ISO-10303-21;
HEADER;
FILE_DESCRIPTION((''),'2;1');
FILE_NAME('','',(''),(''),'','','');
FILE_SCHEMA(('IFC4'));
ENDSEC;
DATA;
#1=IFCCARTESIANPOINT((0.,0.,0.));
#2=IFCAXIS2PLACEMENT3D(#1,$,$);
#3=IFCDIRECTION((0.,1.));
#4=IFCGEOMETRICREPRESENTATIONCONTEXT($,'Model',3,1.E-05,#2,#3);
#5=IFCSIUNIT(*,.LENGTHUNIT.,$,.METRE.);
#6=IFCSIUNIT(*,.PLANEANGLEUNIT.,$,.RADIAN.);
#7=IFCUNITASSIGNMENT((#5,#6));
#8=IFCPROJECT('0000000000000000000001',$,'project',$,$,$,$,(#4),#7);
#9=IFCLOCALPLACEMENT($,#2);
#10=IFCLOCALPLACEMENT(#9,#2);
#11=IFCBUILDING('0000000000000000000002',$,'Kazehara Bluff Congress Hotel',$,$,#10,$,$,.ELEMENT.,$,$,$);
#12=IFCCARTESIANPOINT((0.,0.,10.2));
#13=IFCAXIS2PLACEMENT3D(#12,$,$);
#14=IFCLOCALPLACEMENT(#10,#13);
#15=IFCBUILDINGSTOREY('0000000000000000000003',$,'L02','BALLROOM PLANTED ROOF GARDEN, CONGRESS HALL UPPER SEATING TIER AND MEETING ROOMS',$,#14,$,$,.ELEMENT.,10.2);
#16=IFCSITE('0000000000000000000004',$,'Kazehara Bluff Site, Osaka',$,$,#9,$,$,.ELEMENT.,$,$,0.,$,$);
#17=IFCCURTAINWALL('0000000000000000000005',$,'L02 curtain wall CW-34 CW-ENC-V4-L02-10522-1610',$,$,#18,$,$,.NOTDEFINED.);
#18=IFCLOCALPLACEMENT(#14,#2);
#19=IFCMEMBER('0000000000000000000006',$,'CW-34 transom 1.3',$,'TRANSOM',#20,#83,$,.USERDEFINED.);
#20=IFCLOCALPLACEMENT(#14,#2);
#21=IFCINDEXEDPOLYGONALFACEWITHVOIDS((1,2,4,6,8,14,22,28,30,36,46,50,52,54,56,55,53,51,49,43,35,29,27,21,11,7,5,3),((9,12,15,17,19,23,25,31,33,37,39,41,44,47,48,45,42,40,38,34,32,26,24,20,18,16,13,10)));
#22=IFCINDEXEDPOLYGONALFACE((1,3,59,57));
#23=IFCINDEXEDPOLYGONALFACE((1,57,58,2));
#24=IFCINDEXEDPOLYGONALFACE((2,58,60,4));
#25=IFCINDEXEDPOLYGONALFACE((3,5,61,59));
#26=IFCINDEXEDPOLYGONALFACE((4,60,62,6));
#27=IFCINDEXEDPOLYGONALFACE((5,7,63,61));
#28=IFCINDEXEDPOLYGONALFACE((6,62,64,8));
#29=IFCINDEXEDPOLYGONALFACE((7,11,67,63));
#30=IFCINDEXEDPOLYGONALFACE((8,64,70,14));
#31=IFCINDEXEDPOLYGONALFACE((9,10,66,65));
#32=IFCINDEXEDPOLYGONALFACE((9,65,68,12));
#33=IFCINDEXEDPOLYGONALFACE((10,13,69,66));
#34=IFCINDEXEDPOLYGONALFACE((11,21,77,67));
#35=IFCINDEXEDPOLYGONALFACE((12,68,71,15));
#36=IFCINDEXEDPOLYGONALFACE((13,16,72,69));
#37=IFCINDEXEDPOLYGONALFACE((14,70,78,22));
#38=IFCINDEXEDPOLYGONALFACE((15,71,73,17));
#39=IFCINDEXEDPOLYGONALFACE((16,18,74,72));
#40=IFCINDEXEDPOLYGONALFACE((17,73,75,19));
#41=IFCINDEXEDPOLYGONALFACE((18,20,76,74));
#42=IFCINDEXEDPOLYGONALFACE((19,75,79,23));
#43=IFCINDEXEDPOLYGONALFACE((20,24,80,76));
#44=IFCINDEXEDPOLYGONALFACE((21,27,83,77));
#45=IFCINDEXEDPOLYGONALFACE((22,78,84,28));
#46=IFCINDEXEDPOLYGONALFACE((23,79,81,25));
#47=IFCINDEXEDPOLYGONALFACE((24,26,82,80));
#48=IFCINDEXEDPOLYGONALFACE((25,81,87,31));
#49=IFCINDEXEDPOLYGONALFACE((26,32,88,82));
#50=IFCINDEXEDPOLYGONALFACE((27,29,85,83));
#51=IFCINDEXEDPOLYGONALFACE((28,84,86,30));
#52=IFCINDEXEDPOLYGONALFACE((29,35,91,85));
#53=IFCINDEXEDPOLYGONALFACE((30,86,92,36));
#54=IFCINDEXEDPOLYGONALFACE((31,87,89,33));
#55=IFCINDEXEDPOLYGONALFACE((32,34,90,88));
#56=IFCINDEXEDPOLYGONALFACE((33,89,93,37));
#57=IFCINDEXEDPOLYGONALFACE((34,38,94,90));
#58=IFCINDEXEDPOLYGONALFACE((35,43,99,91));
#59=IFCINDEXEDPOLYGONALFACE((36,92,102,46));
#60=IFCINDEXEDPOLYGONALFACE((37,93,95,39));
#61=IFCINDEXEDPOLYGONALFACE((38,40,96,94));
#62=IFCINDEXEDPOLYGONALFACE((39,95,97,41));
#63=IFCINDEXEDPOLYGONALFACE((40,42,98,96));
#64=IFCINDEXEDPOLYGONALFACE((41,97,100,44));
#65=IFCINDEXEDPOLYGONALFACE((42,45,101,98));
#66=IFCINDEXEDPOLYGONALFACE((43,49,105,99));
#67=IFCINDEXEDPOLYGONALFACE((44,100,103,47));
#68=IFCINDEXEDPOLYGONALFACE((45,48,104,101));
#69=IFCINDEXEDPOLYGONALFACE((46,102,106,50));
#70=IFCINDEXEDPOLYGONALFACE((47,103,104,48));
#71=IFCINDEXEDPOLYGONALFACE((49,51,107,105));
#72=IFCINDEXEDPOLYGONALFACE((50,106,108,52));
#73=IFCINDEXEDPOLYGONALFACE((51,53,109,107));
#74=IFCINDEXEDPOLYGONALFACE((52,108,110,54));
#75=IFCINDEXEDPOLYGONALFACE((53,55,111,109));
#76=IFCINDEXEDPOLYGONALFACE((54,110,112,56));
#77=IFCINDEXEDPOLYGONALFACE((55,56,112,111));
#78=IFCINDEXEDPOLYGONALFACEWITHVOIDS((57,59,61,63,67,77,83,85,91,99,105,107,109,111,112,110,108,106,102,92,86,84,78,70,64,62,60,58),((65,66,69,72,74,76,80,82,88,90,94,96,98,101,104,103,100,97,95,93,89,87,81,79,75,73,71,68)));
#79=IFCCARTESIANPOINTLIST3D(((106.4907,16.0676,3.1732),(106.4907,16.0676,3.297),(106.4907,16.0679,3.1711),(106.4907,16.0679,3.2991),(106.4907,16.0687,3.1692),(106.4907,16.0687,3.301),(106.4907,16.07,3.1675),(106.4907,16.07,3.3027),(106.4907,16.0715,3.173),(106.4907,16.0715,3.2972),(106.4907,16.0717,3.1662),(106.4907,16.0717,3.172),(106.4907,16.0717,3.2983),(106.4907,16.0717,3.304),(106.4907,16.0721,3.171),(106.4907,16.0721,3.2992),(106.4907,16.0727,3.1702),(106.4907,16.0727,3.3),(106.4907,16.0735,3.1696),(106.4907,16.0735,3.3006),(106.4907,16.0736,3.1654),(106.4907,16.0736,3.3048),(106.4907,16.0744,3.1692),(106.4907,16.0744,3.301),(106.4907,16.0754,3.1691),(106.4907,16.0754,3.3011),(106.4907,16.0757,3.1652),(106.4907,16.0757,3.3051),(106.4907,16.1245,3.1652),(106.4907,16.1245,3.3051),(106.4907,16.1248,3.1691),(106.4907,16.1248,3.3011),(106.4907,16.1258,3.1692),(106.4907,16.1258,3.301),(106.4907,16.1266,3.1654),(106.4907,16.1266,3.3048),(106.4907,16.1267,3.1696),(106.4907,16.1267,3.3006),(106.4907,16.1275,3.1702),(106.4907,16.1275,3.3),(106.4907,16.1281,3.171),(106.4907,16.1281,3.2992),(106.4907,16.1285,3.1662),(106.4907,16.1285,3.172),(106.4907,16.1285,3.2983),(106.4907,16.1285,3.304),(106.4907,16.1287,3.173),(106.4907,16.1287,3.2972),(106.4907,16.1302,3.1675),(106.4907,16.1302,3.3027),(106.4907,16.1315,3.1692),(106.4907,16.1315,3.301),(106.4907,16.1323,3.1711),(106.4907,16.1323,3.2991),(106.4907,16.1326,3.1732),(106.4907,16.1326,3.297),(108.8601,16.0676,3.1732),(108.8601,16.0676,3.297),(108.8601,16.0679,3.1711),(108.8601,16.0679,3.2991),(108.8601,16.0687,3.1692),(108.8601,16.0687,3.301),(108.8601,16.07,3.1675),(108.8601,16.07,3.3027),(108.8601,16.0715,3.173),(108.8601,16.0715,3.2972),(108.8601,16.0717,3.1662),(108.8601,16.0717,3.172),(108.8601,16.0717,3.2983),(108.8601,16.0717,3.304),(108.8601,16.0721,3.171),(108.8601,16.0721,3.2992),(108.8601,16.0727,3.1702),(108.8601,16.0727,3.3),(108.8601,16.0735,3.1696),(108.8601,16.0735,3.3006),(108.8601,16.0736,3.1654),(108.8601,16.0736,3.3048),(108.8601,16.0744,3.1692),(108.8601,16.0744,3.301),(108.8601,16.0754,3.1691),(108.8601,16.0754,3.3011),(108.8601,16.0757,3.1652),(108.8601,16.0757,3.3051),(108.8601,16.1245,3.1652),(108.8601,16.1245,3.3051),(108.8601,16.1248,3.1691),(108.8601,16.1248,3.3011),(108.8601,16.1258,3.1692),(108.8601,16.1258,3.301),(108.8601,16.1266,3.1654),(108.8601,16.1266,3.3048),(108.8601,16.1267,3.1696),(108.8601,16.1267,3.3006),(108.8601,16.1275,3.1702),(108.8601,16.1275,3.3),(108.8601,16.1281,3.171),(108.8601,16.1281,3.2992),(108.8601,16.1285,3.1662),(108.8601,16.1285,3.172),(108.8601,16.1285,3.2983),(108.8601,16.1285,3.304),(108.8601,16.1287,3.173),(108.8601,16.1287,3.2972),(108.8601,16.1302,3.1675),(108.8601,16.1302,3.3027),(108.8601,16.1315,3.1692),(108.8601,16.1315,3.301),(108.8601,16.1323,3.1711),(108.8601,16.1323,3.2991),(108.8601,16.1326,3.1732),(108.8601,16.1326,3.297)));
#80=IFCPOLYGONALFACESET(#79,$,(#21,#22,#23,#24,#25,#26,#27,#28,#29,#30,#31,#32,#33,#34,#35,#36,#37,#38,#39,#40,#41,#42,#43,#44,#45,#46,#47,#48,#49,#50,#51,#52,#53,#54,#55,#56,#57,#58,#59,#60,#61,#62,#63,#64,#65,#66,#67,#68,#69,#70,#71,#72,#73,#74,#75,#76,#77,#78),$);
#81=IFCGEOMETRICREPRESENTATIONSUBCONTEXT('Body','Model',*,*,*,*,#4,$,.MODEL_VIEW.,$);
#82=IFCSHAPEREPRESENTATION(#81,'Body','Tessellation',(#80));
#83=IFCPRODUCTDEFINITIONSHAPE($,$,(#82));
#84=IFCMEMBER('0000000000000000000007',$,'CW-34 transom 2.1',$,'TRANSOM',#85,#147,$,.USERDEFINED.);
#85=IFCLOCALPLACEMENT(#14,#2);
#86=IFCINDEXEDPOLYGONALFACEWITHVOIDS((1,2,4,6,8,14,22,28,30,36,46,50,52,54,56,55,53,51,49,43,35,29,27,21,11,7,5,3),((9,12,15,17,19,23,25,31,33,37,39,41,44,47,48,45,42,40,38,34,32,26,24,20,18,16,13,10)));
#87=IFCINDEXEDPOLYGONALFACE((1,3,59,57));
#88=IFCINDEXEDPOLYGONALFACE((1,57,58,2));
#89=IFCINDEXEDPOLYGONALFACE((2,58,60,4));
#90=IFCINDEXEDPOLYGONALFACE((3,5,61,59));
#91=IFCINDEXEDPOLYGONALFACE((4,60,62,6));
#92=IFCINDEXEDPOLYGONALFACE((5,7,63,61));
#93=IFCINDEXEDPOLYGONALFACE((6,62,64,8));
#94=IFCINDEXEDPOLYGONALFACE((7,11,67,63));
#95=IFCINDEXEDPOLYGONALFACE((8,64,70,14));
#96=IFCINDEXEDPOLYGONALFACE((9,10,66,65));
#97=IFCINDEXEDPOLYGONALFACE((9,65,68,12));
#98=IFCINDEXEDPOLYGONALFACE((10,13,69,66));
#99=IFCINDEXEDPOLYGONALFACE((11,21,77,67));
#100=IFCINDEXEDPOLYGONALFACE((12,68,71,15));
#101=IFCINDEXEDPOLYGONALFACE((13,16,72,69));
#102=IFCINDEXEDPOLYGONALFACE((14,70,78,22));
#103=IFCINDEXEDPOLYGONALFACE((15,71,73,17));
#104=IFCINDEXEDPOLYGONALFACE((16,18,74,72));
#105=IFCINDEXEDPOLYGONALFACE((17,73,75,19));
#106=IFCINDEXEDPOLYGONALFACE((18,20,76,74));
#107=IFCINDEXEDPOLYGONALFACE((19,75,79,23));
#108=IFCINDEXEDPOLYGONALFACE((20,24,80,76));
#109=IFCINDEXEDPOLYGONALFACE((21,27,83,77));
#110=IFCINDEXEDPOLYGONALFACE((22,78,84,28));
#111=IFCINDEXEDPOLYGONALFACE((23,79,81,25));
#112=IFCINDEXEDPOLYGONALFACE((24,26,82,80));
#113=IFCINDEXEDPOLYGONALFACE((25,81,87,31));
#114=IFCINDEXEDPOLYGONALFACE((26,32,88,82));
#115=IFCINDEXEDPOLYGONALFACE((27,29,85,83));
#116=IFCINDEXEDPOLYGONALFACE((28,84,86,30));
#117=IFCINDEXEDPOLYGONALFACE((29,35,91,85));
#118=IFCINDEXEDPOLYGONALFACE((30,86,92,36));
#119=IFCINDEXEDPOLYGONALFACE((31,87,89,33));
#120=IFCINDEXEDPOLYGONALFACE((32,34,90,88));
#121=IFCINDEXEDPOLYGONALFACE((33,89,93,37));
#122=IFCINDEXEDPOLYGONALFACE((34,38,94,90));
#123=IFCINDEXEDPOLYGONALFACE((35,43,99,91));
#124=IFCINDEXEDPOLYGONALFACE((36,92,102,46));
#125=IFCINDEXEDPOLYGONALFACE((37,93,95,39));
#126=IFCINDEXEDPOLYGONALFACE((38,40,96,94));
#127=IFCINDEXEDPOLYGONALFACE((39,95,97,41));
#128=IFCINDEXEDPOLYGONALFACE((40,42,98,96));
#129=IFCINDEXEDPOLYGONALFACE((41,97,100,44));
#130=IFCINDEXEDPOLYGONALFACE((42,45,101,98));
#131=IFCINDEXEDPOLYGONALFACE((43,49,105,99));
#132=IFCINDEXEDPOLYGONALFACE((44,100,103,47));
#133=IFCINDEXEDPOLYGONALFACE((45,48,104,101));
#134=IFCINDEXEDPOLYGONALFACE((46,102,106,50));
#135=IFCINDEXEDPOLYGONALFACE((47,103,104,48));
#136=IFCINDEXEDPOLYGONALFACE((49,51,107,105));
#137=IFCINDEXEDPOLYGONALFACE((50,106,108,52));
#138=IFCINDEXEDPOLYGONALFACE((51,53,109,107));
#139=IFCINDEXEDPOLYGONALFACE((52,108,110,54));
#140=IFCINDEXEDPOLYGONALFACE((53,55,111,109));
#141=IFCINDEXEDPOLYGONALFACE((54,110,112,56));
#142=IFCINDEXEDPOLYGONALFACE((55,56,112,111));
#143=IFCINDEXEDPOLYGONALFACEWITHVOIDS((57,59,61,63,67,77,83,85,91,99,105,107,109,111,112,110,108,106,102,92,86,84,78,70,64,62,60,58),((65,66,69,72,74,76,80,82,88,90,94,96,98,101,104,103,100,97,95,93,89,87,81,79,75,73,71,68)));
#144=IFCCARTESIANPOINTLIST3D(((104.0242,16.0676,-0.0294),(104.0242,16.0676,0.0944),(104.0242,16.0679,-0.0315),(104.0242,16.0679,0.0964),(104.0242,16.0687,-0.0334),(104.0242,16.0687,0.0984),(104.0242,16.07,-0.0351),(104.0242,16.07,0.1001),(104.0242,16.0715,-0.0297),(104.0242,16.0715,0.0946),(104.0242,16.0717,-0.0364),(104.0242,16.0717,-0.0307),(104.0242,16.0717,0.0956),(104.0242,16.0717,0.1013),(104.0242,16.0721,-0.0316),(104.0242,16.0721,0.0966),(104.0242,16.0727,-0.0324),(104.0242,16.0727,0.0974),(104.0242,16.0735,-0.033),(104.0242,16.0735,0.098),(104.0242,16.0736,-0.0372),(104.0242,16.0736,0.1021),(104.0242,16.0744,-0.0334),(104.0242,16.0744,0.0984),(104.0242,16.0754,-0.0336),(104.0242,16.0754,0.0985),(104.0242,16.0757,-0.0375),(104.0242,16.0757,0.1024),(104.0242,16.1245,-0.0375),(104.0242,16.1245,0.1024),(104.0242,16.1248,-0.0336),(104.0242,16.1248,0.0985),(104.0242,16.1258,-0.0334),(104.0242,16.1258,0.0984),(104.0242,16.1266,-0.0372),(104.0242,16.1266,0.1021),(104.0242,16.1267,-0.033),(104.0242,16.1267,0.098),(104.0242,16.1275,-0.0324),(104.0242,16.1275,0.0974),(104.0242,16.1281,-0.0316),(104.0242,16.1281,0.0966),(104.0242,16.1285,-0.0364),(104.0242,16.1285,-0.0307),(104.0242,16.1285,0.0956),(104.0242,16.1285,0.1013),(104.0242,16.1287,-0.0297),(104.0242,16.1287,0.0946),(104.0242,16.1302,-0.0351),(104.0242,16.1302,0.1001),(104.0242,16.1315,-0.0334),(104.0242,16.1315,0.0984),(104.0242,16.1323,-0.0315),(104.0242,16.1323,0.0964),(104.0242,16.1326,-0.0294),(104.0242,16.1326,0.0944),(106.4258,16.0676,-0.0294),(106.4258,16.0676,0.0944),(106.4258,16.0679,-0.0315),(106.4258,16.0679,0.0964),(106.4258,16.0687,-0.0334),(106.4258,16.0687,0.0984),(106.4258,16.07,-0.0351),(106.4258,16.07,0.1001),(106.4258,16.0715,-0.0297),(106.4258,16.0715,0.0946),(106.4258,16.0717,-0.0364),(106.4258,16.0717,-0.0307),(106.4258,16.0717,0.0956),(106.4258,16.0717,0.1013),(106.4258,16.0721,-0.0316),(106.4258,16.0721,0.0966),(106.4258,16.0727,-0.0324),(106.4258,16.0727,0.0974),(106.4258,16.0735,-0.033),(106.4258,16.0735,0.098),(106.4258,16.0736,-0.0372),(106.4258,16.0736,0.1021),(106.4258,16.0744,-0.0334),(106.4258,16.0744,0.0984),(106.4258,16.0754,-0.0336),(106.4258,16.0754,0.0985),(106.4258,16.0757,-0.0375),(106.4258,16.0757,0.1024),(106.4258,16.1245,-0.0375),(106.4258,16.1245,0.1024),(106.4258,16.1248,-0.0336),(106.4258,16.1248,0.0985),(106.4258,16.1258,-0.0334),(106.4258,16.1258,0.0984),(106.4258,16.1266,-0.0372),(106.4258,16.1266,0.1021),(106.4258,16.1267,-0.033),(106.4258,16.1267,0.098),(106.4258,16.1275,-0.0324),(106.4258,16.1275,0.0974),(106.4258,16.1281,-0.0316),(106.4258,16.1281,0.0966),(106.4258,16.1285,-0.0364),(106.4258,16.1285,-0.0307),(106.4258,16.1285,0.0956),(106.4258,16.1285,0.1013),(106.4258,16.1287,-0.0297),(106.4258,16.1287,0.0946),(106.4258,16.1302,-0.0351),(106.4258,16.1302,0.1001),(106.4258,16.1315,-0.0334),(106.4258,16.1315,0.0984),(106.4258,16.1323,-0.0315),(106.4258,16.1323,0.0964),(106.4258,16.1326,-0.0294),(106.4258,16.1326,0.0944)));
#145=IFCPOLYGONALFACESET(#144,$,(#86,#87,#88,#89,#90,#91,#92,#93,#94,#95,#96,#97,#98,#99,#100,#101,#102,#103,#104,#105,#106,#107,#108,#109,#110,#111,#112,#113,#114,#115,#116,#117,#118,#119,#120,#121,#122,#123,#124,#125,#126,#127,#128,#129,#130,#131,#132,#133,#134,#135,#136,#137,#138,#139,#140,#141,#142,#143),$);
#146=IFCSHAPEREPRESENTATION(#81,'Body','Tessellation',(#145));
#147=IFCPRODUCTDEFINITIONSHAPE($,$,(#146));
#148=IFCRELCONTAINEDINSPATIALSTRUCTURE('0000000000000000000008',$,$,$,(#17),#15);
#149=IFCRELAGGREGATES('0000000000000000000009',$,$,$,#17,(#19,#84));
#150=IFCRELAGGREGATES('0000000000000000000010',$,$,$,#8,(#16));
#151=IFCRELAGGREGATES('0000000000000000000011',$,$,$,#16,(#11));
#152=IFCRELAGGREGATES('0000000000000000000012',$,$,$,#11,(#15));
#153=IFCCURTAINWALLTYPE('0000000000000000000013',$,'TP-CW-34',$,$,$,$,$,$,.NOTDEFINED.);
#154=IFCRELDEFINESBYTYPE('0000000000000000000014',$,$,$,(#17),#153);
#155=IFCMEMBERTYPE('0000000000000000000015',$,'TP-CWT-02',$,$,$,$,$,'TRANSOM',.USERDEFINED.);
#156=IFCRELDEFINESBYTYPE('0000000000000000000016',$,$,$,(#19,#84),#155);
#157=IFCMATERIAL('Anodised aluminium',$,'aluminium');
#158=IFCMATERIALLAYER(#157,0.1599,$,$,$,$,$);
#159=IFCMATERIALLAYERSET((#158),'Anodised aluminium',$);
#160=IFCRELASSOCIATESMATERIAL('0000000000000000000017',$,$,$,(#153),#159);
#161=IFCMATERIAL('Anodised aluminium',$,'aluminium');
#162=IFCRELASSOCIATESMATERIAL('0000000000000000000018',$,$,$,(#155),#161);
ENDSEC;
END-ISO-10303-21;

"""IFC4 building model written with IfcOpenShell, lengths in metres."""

from ifc_helpers import new_model, si_unit, direction, frame, origin, origin_2d, place, context, subcontext, project, spatial, hollow_rectangle, extrude, material, layer, layer_set, material_profile, profile_set, type_object, element, aggregate, save


model = new_model("IFC4")

# Units and contexts
model_context = context("Model", 3, precision=1e-05, world=origin(), true_north=direction((0.0, 1.0)))
body_context = subcontext(model_context, "Body", "Model", "MODEL_VIEW")
ifc_project = project(units=[si_unit("LENGTHUNIT", "METRE"), si_unit("PLANEANGLEUNIT", "RADIAN")], contexts=[model_context])

# Site, building, storey
site_placement = place(None, origin())
site = spatial("IfcSite", under=ifc_project, at=site_placement, Name="Kazehara Bluff Site, Osaka", CompositionType="ELEMENT", RefElevation=0.0)
building_placement = place(site_placement, origin())
building = spatial("IfcBuilding", under=site, at=building_placement, Name="Kazehara Bluff Congress Hotel", CompositionType="ELEMENT")
storey_placement = place(building_placement, frame((0.0, 0.0, 10.2)))
storey = spatial("IfcBuildingStorey", under=building, at=storey_placement, Name="L02", Description="BALLROOM PLANTED ROOF GARDEN, CONGRESS HALL UPPER SEATING TIER AND MEETING ROOMS", CompositionType="ELEMENT", Elevation=10.2)

# Curtain wall, members
ifc_material_1 = material(Name="Anodised aluminium", Category="aluminium")
ifc_layer_1 = layer(ifc_material_1, 0.1599)
ifc_layer_set_1 = layer_set([ifc_layer_1], Name="Anodised aluminium")
curtain_wall_type = type_object("IfcCurtainWallType", Name="TP-CW-34", PredefinedType="NOTDEFINED", material=ifc_layer_set_1)
curtain_wall_placement = place(storey_placement, origin())
curtain_wall = element("IfcCurtainWall", 1, at=curtain_wall_placement, inside=storey, type_object=curtain_wall_type, Name="L02 curtain wall CW-34 CW-ENC-V4-L02-10522-1610", PredefinedType="NOTDEFINED")
ifc_material_2 = material(Name="Anodised aluminium", Category="aluminium")
ifc_material_profile_1 = material_profile(ifc_material_2, hollow_rectangle(XDim=0.0649, YDim=0.1399, WallThickness=0.0039, InnerFilletRadius=0.0039, OuterFilletRadius=0.0081, at=origin_2d()))
ifc_profile_set_1 = profile_set([ifc_material_profile_1], Name="Anodised aluminium")
member_type_1 = type_object("IfcMemberType", Name="TP-CWT-02", ElementType="TRANSOM", PredefinedType="USERDEFINED", material=ifc_profile_set_1)
member_1_placement = place(storey_placement, frame((108.8601, 16.1001, 3.2351), z_axis=(-1.0, 0.0, 0.0), x_axis=(0.0, -1.0, 0.0)))
member_1 = element("IfcMember", 2, at=member_1_placement, type_object=member_type_1, Name="CW-34 transom 1.3", ObjectType="TRANSOM", PredefinedType="USERDEFINED", context=body_context, shape_type="SweptSolid", body=[
    extrude(hollow_rectangle(XDim=0.0649, YDim=0.1399, WallThickness=0.0039, InnerFilletRadius=0.0039, OuterFilletRadius=0.0081, at=origin_2d()), origin(), (0.0, 0.0, 1.0), 2.3694),
])
member_2_placement = place(storey_placement, frame((106.4258, 16.1001, 0.0325), z_axis=(-1.0, 0.0, 0.0), x_axis=(0.0, -1.0, 0.0)))
member_2 = element("IfcMember", 3, at=member_2_placement, type_object=member_type_1, Name="CW-34 transom 2.1", ObjectType="TRANSOM", PredefinedType="USERDEFINED", context=body_context, shape_type="SweptSolid", body=[
    extrude(hollow_rectangle(XDim=0.0649, YDim=0.1399, WallThickness=0.0039, InnerFilletRadius=0.0039, OuterFilletRadius=0.0081, at=origin_2d()), origin(), (0.0, 0.0, 1.0), 2.4016),
])

aggregate(curtain_wall, [member_1, member_2])

save(model, "model.ifc")
